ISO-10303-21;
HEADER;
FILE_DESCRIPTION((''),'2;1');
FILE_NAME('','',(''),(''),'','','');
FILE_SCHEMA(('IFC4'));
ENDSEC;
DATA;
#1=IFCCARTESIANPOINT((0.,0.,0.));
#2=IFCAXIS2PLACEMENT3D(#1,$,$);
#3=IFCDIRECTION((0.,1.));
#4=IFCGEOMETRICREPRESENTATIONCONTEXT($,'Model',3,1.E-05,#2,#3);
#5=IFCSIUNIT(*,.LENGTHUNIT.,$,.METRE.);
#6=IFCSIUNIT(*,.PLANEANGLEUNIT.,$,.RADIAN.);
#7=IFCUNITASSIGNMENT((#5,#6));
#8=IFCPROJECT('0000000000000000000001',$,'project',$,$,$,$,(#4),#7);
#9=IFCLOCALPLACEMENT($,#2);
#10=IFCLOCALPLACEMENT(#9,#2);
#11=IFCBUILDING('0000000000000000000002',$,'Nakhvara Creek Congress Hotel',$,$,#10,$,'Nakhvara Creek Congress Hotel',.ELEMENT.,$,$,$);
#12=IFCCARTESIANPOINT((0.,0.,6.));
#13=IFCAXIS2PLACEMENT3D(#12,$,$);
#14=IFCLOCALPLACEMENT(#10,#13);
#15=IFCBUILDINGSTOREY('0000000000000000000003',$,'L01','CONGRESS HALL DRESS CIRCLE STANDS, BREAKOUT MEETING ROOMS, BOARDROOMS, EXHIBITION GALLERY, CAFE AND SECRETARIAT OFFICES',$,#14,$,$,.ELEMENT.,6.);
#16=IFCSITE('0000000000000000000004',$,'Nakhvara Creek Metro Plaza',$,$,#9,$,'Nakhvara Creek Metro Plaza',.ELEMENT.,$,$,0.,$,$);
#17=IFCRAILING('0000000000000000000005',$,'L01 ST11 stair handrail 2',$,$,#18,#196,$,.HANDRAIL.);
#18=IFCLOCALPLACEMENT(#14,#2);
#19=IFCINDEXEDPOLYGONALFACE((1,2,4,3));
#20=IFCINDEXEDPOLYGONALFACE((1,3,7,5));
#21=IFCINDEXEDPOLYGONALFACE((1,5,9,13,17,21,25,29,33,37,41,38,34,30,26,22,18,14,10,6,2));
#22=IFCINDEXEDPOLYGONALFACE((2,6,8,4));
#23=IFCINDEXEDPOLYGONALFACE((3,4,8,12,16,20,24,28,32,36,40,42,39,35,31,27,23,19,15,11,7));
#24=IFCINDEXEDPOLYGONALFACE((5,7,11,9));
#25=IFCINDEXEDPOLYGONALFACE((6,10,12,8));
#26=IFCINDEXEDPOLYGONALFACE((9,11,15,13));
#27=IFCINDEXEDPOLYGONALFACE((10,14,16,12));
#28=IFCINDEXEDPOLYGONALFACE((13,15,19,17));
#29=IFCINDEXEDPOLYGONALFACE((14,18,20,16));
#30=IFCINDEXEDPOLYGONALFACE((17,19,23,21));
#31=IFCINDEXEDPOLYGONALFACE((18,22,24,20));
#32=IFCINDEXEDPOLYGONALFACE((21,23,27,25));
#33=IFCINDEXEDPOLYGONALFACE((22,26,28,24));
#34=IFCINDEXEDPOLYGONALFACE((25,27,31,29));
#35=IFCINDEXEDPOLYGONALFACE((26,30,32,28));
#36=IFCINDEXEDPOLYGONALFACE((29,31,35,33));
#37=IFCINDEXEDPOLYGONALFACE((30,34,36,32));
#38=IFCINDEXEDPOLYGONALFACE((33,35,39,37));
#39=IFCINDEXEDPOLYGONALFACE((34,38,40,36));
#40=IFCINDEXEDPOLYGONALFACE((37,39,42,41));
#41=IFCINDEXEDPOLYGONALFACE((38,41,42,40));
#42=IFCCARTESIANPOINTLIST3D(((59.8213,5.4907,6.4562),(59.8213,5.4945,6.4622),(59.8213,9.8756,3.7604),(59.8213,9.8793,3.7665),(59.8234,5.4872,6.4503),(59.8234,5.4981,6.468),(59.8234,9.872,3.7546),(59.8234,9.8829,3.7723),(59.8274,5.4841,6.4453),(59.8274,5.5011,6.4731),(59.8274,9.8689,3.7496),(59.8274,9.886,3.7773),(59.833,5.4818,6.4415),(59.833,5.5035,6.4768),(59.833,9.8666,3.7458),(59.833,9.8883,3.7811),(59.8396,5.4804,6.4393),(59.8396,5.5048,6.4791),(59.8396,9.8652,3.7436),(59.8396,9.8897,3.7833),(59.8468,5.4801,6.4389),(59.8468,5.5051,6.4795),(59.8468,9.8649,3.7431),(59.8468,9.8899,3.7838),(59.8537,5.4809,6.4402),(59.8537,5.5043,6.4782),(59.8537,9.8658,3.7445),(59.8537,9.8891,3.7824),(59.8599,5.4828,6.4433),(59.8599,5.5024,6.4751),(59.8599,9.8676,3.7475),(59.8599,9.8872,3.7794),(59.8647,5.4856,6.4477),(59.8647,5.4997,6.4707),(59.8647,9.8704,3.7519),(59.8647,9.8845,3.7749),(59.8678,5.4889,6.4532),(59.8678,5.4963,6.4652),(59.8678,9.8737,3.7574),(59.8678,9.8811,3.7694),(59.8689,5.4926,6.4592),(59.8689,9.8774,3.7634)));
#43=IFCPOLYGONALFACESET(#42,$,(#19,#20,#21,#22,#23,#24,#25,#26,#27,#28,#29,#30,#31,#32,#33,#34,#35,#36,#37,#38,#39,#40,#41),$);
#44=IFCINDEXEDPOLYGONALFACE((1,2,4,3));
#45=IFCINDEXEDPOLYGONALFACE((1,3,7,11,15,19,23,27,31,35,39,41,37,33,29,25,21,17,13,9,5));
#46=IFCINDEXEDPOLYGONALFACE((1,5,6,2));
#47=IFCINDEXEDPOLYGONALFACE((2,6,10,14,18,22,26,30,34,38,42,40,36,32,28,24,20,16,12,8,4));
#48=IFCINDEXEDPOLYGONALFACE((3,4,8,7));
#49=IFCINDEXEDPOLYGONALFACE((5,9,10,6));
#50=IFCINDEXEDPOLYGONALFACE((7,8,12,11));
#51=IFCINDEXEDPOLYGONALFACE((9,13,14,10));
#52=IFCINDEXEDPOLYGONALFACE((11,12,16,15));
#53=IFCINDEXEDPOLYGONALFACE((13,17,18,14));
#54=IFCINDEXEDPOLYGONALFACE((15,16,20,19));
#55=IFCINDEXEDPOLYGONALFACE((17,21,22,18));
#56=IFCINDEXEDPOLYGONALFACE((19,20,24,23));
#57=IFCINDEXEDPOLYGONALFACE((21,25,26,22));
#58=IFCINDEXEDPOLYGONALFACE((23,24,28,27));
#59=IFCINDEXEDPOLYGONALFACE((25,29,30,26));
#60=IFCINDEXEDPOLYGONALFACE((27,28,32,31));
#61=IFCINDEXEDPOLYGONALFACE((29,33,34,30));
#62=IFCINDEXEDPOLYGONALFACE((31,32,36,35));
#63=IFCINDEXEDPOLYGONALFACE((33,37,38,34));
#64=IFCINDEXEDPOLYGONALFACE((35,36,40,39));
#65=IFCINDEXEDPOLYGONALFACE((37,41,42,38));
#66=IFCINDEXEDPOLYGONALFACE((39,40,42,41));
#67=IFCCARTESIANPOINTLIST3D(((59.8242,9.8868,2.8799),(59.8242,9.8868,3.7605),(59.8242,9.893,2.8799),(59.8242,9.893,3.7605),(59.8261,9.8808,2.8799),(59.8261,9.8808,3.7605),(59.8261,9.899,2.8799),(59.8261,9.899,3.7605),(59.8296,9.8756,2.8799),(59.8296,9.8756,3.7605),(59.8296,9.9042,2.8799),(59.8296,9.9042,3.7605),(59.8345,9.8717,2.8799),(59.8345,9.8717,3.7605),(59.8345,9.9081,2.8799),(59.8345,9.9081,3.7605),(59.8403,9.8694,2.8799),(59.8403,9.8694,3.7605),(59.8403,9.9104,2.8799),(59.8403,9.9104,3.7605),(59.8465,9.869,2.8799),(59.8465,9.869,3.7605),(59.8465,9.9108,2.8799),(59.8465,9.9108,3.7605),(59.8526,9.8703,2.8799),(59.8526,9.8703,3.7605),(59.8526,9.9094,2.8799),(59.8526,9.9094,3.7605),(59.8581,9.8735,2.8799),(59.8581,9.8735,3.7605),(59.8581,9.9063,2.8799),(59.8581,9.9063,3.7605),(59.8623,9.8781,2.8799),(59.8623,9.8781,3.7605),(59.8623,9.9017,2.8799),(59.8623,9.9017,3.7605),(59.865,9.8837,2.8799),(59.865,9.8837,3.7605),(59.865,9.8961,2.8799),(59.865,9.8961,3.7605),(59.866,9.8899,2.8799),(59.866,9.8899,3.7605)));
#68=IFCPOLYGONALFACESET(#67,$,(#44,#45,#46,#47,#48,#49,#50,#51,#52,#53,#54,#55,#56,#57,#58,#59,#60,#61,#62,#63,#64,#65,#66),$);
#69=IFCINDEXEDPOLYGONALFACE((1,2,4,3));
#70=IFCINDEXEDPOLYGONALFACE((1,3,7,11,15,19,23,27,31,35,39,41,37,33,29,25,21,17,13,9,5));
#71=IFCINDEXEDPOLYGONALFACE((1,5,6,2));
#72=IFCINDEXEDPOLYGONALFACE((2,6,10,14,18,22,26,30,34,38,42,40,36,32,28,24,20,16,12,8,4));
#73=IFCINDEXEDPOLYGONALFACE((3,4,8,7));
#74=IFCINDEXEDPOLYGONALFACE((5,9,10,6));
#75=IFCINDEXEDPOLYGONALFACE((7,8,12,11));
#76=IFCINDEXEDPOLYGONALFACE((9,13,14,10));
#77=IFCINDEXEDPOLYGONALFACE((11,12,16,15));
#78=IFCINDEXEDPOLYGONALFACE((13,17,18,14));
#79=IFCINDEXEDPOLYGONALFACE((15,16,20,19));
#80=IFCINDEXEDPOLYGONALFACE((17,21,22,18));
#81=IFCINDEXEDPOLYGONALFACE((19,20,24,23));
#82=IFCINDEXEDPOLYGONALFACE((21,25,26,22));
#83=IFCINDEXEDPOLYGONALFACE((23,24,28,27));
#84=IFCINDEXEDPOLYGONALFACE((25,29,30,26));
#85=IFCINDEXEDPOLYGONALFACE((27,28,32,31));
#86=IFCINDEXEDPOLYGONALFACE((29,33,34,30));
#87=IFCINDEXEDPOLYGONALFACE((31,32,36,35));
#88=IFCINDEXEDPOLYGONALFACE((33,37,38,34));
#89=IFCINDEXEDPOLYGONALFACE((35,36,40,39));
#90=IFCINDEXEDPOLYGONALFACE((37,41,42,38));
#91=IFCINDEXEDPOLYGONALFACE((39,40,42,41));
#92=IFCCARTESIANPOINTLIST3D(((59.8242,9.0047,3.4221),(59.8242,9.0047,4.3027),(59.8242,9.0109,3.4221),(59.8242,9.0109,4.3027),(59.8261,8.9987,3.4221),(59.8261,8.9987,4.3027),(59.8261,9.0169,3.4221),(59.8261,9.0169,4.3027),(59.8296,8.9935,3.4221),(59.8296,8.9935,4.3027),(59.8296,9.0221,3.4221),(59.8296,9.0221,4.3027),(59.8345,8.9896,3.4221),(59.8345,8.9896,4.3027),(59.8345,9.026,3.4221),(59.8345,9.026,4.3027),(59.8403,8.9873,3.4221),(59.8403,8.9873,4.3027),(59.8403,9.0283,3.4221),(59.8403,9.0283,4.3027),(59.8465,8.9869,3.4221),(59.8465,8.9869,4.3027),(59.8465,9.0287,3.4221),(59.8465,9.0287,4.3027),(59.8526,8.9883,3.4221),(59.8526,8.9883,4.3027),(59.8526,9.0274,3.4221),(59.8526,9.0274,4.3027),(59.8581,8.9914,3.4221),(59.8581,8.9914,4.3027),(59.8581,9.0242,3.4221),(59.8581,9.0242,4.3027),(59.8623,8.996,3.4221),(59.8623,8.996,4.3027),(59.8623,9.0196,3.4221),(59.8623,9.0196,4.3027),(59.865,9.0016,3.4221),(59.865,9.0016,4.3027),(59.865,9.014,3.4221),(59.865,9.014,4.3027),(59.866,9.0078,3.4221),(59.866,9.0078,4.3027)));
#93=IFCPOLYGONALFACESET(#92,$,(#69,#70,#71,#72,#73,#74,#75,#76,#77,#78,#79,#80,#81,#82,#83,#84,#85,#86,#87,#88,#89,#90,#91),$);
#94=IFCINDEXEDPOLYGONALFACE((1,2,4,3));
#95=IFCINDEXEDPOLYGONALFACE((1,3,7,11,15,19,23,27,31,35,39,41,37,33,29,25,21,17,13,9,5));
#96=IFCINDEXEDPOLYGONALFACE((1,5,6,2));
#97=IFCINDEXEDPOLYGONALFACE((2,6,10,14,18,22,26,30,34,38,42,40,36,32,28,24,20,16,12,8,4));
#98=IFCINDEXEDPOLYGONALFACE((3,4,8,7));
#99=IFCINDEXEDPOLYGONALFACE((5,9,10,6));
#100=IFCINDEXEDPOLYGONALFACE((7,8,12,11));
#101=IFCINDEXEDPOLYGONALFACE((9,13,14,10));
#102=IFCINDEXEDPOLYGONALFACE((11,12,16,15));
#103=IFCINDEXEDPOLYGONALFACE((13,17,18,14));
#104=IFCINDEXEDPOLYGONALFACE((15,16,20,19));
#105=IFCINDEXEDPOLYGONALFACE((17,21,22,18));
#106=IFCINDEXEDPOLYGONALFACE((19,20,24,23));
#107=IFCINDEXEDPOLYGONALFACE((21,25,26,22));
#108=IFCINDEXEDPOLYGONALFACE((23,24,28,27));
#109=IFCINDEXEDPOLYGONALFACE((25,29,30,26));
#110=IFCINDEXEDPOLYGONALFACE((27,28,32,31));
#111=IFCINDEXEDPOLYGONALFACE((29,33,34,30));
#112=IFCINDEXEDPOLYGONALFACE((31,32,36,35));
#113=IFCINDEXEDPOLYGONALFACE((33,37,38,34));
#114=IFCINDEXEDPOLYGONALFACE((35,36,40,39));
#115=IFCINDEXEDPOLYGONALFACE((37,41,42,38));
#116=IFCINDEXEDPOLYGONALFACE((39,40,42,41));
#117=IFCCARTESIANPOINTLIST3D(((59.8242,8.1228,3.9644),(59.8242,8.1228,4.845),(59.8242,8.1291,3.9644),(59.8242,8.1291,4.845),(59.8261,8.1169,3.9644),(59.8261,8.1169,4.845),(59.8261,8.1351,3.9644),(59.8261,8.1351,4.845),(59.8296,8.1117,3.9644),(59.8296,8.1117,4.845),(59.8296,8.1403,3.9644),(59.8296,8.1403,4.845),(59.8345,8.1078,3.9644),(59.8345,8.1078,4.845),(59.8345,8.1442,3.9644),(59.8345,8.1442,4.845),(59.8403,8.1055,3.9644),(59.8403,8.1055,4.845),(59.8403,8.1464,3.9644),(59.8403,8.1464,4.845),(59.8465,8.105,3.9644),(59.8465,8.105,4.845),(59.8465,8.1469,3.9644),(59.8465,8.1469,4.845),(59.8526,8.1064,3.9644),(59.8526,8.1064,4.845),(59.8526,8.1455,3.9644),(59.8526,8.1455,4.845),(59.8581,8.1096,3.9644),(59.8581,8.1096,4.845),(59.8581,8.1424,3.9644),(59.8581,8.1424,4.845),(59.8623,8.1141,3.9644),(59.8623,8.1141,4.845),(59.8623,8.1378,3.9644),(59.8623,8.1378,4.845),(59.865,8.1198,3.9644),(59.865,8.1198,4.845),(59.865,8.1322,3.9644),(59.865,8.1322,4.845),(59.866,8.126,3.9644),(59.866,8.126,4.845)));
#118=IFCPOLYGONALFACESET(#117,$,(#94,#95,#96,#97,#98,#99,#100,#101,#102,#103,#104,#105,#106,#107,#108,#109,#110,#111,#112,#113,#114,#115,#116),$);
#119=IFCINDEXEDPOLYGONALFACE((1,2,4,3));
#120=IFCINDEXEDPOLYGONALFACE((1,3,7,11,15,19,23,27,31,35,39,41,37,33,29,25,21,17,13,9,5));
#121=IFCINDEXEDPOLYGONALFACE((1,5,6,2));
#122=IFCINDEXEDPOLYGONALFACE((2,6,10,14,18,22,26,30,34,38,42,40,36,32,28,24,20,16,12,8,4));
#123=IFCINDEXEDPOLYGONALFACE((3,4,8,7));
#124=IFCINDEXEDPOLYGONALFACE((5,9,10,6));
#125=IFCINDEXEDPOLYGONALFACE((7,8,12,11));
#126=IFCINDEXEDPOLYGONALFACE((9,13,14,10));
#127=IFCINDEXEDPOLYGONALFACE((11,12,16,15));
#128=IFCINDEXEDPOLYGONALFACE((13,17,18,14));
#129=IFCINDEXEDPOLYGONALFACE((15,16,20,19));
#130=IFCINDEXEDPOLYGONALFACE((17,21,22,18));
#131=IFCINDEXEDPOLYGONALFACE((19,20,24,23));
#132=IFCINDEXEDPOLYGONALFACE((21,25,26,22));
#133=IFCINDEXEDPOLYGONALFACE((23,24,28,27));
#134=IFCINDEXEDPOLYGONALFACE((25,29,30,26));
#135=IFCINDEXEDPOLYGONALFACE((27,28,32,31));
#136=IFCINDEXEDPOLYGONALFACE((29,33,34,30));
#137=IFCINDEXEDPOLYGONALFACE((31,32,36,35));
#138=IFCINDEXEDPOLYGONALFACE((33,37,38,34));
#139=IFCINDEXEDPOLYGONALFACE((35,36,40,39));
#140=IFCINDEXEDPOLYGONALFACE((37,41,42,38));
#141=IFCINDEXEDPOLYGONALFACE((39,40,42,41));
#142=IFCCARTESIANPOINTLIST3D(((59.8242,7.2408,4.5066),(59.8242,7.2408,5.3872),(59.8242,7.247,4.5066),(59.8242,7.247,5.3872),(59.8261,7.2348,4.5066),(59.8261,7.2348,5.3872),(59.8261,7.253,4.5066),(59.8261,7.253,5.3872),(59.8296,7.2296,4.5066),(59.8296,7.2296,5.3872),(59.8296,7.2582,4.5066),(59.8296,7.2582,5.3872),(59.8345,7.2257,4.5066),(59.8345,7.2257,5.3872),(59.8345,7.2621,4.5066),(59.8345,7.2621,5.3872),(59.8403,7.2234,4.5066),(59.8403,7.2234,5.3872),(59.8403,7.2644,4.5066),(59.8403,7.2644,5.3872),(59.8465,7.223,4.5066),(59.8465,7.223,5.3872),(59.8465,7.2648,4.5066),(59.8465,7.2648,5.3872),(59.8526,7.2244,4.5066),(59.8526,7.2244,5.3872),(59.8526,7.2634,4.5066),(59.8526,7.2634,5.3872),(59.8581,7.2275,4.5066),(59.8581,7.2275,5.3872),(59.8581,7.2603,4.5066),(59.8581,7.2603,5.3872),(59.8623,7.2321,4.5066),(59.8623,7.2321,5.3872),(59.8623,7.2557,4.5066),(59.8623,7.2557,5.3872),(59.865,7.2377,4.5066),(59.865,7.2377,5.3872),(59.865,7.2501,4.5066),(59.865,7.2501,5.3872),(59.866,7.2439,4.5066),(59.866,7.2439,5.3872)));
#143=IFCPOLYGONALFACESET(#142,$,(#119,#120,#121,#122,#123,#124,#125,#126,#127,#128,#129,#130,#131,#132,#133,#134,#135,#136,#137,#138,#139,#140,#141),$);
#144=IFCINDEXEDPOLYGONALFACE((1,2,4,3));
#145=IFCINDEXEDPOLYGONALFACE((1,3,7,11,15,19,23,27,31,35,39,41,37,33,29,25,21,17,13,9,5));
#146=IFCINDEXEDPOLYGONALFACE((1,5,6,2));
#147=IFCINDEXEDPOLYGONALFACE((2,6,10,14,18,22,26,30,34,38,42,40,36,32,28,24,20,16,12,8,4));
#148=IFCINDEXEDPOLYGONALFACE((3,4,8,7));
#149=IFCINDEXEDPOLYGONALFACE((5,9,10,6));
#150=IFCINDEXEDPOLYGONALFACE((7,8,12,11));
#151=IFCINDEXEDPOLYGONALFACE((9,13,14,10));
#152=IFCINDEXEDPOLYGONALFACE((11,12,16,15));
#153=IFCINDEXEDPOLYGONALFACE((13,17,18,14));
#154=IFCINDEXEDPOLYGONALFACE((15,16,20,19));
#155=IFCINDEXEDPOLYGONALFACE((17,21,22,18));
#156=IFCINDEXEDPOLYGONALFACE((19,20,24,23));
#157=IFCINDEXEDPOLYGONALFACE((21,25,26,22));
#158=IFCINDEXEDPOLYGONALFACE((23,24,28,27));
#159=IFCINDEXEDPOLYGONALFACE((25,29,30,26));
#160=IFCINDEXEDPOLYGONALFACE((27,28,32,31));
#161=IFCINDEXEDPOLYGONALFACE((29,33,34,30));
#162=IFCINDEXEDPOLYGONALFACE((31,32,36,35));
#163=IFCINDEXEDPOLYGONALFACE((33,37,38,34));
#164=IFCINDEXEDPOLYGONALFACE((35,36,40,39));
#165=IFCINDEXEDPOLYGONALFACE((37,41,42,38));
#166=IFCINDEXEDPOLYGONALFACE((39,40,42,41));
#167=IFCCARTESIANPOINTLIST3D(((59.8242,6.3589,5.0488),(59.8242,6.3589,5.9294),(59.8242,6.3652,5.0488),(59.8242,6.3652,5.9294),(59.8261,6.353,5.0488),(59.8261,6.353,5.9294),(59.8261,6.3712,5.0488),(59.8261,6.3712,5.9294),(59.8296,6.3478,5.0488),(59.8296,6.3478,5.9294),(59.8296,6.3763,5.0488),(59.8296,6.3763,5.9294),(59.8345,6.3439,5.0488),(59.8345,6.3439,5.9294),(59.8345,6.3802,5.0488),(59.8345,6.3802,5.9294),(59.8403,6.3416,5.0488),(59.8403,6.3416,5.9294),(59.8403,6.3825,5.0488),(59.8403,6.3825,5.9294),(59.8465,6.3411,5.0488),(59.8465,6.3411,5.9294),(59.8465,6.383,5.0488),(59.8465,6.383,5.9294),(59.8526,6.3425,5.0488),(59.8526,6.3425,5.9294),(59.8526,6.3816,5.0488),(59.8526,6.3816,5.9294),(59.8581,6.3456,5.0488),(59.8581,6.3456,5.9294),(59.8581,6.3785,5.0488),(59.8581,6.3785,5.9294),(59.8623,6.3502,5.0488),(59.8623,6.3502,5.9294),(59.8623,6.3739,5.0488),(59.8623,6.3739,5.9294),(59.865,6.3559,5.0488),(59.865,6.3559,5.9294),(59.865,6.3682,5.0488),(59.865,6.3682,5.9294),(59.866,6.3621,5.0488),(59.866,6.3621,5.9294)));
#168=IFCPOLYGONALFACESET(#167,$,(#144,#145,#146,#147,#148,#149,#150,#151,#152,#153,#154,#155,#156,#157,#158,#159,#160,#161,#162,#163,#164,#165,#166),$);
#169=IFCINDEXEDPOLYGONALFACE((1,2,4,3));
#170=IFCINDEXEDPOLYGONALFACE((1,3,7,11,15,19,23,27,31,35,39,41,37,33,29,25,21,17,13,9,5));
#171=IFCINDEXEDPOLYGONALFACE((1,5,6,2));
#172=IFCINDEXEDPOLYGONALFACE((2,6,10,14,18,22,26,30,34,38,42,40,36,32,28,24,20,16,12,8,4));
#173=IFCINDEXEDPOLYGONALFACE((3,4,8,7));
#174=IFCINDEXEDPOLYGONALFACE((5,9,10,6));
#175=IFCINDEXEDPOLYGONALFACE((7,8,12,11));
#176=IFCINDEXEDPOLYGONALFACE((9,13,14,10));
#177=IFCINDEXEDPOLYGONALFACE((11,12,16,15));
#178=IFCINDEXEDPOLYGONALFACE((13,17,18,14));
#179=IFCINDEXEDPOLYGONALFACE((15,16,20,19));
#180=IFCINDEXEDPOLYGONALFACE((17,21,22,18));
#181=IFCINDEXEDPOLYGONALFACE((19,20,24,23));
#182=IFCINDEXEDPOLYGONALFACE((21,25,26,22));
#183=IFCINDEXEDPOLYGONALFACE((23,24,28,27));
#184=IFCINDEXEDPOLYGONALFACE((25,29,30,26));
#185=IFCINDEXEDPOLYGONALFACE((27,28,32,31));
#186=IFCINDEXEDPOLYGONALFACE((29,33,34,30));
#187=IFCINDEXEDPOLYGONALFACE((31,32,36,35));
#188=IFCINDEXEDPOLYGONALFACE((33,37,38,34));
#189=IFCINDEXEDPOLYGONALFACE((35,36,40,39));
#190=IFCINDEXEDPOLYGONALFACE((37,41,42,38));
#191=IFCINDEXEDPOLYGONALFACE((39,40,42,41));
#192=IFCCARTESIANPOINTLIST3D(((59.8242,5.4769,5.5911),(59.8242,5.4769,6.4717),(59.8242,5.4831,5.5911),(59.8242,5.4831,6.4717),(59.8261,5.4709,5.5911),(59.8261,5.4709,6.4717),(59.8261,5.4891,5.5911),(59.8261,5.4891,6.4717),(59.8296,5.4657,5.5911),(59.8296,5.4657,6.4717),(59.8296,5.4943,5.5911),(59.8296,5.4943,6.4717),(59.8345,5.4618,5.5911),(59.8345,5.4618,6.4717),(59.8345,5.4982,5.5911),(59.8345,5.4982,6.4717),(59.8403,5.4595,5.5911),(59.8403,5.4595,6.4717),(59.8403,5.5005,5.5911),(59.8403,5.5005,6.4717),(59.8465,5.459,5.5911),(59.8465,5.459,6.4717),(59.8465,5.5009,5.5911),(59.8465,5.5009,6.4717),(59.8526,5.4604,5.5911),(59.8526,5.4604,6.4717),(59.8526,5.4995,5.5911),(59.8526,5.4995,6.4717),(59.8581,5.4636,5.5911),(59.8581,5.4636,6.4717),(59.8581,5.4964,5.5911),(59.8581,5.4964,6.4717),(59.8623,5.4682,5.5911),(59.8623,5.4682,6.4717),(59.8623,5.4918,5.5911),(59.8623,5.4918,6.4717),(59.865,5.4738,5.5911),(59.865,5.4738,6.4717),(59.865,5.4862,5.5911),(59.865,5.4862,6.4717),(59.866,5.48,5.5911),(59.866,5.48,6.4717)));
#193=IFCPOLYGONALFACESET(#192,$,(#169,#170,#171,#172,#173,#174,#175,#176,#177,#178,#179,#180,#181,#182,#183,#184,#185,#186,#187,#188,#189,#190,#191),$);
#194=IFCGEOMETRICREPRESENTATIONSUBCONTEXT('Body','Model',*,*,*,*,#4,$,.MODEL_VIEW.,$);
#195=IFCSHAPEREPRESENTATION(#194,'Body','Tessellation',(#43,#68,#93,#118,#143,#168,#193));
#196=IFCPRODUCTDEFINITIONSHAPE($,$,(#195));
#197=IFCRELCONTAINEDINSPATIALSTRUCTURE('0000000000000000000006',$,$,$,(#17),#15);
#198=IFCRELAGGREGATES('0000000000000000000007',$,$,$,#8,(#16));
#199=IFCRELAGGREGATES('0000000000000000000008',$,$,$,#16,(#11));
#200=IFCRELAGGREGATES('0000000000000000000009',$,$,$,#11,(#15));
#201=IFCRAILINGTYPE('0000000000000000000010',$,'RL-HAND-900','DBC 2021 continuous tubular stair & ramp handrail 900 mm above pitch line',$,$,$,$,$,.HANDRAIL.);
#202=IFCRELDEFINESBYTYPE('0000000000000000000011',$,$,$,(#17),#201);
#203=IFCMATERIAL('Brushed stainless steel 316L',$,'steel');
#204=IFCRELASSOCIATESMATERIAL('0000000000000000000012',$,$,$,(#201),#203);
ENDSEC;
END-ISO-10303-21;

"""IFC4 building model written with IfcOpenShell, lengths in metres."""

from ifc_helpers import new_model, si_unit, direction, frame, origin, origin_2d, place, context, subcontext, project, spatial, circle, extrude, material, type_object, element, save


model = new_model("IFC4")

# Units and contexts
model_context = context("Model", 3, precision=1e-05, world=origin(), true_north=direction((0.0, 1.0)))
body_context = subcontext(model_context, "Body", "Model", "MODEL_VIEW")
ifc_project = project(units=[si_unit("LENGTHUNIT", "METRE"), si_unit("PLANEANGLEUNIT", "RADIAN")], contexts=[model_context])

# Site, building, storey
site_placement = place(None, origin())
site = spatial("IfcSite", under=ifc_project, at=site_placement, Name="Nakhvara Creek Metro Plaza", LongName="Nakhvara Creek Metro Plaza", CompositionType="ELEMENT", RefElevation=0.0)
building_placement = place(site_placement, origin())
building = spatial("IfcBuilding", under=site, at=building_placement, Name="Nakhvara Creek Congress Hotel", LongName="Nakhvara Creek Congress Hotel", CompositionType="ELEMENT")
storey_placement = place(building_placement, frame((0.0, 0.0, 6.0)))
storey = spatial("IfcBuildingStorey", under=building, at=storey_placement, Name="L01", Description="CONGRESS HALL DRESS CIRCLE STANDS, BREAKOUT MEETING ROOMS, BOARDROOMS, EXHIBITION GALLERY, CAFE AND SECRETARIAT OFFICES", CompositionType="ELEMENT", Elevation=6.0)

# Railing
ifc_material_1 = material(Name="Brushed stainless steel 316L", Category="steel")
railing_type_1 = type_object("IfcRailingType", Name="RL-HAND-900", Description="DBC 2021 continuous tubular stair & ramp handrail 900 mm above pitch line", PredefinedType="HANDRAIL", material=ifc_material_1)
railing_1_placement = place(storey_placement, frame((59.845, 9.8899, 2.8799)))
element("IfcRailing", 1, at=railing_1_placement, inside=storey, type_object=railing_type_1, Name="L01 ST11 stair handrail 2", PredefinedType="HANDRAIL", context=body_context, shape_type="SweptSolid", body=[
    extrude(circle(Radius=0.0239, at=origin_2d()), frame((0.0, -0.0125, 0.8835), z_axis=(0.0, -0.851883, 0.523732), x_axis=(1.0, 0.0, 0.0)), (0.0, 0.0, 1.0), 5.1472),
    extrude(circle(Radius=0.021, at=origin_2d()), origin(), (0.0, 0.0, 1.0), 0.8806),
    extrude(circle(Radius=0.021, at=origin_2d()), frame((0.0, -0.8821, 0.5422)), (0.0, 0.0, 1.0), 0.8806),
    extrude(circle(Radius=0.021, at=origin_2d()), frame((0.0, -1.7639, 1.0845)), (0.0, 0.0, 1.0), 0.8806),
    extrude(circle(Radius=0.021, at=origin_2d()), frame((0.0, -2.646, 1.6267)), (0.0, 0.0, 1.0), 0.8806),
    extrude(circle(Radius=0.021, at=origin_2d()), frame((0.0, -3.5278, 2.1689)), (0.0, 0.0, 1.0), 0.8806),
    extrude(circle(Radius=0.021, at=origin_2d()), frame((0.0, -4.4099, 2.7112)), (0.0, 0.0, 1.0), 0.8806),
])

save(model, "model.ifc")
